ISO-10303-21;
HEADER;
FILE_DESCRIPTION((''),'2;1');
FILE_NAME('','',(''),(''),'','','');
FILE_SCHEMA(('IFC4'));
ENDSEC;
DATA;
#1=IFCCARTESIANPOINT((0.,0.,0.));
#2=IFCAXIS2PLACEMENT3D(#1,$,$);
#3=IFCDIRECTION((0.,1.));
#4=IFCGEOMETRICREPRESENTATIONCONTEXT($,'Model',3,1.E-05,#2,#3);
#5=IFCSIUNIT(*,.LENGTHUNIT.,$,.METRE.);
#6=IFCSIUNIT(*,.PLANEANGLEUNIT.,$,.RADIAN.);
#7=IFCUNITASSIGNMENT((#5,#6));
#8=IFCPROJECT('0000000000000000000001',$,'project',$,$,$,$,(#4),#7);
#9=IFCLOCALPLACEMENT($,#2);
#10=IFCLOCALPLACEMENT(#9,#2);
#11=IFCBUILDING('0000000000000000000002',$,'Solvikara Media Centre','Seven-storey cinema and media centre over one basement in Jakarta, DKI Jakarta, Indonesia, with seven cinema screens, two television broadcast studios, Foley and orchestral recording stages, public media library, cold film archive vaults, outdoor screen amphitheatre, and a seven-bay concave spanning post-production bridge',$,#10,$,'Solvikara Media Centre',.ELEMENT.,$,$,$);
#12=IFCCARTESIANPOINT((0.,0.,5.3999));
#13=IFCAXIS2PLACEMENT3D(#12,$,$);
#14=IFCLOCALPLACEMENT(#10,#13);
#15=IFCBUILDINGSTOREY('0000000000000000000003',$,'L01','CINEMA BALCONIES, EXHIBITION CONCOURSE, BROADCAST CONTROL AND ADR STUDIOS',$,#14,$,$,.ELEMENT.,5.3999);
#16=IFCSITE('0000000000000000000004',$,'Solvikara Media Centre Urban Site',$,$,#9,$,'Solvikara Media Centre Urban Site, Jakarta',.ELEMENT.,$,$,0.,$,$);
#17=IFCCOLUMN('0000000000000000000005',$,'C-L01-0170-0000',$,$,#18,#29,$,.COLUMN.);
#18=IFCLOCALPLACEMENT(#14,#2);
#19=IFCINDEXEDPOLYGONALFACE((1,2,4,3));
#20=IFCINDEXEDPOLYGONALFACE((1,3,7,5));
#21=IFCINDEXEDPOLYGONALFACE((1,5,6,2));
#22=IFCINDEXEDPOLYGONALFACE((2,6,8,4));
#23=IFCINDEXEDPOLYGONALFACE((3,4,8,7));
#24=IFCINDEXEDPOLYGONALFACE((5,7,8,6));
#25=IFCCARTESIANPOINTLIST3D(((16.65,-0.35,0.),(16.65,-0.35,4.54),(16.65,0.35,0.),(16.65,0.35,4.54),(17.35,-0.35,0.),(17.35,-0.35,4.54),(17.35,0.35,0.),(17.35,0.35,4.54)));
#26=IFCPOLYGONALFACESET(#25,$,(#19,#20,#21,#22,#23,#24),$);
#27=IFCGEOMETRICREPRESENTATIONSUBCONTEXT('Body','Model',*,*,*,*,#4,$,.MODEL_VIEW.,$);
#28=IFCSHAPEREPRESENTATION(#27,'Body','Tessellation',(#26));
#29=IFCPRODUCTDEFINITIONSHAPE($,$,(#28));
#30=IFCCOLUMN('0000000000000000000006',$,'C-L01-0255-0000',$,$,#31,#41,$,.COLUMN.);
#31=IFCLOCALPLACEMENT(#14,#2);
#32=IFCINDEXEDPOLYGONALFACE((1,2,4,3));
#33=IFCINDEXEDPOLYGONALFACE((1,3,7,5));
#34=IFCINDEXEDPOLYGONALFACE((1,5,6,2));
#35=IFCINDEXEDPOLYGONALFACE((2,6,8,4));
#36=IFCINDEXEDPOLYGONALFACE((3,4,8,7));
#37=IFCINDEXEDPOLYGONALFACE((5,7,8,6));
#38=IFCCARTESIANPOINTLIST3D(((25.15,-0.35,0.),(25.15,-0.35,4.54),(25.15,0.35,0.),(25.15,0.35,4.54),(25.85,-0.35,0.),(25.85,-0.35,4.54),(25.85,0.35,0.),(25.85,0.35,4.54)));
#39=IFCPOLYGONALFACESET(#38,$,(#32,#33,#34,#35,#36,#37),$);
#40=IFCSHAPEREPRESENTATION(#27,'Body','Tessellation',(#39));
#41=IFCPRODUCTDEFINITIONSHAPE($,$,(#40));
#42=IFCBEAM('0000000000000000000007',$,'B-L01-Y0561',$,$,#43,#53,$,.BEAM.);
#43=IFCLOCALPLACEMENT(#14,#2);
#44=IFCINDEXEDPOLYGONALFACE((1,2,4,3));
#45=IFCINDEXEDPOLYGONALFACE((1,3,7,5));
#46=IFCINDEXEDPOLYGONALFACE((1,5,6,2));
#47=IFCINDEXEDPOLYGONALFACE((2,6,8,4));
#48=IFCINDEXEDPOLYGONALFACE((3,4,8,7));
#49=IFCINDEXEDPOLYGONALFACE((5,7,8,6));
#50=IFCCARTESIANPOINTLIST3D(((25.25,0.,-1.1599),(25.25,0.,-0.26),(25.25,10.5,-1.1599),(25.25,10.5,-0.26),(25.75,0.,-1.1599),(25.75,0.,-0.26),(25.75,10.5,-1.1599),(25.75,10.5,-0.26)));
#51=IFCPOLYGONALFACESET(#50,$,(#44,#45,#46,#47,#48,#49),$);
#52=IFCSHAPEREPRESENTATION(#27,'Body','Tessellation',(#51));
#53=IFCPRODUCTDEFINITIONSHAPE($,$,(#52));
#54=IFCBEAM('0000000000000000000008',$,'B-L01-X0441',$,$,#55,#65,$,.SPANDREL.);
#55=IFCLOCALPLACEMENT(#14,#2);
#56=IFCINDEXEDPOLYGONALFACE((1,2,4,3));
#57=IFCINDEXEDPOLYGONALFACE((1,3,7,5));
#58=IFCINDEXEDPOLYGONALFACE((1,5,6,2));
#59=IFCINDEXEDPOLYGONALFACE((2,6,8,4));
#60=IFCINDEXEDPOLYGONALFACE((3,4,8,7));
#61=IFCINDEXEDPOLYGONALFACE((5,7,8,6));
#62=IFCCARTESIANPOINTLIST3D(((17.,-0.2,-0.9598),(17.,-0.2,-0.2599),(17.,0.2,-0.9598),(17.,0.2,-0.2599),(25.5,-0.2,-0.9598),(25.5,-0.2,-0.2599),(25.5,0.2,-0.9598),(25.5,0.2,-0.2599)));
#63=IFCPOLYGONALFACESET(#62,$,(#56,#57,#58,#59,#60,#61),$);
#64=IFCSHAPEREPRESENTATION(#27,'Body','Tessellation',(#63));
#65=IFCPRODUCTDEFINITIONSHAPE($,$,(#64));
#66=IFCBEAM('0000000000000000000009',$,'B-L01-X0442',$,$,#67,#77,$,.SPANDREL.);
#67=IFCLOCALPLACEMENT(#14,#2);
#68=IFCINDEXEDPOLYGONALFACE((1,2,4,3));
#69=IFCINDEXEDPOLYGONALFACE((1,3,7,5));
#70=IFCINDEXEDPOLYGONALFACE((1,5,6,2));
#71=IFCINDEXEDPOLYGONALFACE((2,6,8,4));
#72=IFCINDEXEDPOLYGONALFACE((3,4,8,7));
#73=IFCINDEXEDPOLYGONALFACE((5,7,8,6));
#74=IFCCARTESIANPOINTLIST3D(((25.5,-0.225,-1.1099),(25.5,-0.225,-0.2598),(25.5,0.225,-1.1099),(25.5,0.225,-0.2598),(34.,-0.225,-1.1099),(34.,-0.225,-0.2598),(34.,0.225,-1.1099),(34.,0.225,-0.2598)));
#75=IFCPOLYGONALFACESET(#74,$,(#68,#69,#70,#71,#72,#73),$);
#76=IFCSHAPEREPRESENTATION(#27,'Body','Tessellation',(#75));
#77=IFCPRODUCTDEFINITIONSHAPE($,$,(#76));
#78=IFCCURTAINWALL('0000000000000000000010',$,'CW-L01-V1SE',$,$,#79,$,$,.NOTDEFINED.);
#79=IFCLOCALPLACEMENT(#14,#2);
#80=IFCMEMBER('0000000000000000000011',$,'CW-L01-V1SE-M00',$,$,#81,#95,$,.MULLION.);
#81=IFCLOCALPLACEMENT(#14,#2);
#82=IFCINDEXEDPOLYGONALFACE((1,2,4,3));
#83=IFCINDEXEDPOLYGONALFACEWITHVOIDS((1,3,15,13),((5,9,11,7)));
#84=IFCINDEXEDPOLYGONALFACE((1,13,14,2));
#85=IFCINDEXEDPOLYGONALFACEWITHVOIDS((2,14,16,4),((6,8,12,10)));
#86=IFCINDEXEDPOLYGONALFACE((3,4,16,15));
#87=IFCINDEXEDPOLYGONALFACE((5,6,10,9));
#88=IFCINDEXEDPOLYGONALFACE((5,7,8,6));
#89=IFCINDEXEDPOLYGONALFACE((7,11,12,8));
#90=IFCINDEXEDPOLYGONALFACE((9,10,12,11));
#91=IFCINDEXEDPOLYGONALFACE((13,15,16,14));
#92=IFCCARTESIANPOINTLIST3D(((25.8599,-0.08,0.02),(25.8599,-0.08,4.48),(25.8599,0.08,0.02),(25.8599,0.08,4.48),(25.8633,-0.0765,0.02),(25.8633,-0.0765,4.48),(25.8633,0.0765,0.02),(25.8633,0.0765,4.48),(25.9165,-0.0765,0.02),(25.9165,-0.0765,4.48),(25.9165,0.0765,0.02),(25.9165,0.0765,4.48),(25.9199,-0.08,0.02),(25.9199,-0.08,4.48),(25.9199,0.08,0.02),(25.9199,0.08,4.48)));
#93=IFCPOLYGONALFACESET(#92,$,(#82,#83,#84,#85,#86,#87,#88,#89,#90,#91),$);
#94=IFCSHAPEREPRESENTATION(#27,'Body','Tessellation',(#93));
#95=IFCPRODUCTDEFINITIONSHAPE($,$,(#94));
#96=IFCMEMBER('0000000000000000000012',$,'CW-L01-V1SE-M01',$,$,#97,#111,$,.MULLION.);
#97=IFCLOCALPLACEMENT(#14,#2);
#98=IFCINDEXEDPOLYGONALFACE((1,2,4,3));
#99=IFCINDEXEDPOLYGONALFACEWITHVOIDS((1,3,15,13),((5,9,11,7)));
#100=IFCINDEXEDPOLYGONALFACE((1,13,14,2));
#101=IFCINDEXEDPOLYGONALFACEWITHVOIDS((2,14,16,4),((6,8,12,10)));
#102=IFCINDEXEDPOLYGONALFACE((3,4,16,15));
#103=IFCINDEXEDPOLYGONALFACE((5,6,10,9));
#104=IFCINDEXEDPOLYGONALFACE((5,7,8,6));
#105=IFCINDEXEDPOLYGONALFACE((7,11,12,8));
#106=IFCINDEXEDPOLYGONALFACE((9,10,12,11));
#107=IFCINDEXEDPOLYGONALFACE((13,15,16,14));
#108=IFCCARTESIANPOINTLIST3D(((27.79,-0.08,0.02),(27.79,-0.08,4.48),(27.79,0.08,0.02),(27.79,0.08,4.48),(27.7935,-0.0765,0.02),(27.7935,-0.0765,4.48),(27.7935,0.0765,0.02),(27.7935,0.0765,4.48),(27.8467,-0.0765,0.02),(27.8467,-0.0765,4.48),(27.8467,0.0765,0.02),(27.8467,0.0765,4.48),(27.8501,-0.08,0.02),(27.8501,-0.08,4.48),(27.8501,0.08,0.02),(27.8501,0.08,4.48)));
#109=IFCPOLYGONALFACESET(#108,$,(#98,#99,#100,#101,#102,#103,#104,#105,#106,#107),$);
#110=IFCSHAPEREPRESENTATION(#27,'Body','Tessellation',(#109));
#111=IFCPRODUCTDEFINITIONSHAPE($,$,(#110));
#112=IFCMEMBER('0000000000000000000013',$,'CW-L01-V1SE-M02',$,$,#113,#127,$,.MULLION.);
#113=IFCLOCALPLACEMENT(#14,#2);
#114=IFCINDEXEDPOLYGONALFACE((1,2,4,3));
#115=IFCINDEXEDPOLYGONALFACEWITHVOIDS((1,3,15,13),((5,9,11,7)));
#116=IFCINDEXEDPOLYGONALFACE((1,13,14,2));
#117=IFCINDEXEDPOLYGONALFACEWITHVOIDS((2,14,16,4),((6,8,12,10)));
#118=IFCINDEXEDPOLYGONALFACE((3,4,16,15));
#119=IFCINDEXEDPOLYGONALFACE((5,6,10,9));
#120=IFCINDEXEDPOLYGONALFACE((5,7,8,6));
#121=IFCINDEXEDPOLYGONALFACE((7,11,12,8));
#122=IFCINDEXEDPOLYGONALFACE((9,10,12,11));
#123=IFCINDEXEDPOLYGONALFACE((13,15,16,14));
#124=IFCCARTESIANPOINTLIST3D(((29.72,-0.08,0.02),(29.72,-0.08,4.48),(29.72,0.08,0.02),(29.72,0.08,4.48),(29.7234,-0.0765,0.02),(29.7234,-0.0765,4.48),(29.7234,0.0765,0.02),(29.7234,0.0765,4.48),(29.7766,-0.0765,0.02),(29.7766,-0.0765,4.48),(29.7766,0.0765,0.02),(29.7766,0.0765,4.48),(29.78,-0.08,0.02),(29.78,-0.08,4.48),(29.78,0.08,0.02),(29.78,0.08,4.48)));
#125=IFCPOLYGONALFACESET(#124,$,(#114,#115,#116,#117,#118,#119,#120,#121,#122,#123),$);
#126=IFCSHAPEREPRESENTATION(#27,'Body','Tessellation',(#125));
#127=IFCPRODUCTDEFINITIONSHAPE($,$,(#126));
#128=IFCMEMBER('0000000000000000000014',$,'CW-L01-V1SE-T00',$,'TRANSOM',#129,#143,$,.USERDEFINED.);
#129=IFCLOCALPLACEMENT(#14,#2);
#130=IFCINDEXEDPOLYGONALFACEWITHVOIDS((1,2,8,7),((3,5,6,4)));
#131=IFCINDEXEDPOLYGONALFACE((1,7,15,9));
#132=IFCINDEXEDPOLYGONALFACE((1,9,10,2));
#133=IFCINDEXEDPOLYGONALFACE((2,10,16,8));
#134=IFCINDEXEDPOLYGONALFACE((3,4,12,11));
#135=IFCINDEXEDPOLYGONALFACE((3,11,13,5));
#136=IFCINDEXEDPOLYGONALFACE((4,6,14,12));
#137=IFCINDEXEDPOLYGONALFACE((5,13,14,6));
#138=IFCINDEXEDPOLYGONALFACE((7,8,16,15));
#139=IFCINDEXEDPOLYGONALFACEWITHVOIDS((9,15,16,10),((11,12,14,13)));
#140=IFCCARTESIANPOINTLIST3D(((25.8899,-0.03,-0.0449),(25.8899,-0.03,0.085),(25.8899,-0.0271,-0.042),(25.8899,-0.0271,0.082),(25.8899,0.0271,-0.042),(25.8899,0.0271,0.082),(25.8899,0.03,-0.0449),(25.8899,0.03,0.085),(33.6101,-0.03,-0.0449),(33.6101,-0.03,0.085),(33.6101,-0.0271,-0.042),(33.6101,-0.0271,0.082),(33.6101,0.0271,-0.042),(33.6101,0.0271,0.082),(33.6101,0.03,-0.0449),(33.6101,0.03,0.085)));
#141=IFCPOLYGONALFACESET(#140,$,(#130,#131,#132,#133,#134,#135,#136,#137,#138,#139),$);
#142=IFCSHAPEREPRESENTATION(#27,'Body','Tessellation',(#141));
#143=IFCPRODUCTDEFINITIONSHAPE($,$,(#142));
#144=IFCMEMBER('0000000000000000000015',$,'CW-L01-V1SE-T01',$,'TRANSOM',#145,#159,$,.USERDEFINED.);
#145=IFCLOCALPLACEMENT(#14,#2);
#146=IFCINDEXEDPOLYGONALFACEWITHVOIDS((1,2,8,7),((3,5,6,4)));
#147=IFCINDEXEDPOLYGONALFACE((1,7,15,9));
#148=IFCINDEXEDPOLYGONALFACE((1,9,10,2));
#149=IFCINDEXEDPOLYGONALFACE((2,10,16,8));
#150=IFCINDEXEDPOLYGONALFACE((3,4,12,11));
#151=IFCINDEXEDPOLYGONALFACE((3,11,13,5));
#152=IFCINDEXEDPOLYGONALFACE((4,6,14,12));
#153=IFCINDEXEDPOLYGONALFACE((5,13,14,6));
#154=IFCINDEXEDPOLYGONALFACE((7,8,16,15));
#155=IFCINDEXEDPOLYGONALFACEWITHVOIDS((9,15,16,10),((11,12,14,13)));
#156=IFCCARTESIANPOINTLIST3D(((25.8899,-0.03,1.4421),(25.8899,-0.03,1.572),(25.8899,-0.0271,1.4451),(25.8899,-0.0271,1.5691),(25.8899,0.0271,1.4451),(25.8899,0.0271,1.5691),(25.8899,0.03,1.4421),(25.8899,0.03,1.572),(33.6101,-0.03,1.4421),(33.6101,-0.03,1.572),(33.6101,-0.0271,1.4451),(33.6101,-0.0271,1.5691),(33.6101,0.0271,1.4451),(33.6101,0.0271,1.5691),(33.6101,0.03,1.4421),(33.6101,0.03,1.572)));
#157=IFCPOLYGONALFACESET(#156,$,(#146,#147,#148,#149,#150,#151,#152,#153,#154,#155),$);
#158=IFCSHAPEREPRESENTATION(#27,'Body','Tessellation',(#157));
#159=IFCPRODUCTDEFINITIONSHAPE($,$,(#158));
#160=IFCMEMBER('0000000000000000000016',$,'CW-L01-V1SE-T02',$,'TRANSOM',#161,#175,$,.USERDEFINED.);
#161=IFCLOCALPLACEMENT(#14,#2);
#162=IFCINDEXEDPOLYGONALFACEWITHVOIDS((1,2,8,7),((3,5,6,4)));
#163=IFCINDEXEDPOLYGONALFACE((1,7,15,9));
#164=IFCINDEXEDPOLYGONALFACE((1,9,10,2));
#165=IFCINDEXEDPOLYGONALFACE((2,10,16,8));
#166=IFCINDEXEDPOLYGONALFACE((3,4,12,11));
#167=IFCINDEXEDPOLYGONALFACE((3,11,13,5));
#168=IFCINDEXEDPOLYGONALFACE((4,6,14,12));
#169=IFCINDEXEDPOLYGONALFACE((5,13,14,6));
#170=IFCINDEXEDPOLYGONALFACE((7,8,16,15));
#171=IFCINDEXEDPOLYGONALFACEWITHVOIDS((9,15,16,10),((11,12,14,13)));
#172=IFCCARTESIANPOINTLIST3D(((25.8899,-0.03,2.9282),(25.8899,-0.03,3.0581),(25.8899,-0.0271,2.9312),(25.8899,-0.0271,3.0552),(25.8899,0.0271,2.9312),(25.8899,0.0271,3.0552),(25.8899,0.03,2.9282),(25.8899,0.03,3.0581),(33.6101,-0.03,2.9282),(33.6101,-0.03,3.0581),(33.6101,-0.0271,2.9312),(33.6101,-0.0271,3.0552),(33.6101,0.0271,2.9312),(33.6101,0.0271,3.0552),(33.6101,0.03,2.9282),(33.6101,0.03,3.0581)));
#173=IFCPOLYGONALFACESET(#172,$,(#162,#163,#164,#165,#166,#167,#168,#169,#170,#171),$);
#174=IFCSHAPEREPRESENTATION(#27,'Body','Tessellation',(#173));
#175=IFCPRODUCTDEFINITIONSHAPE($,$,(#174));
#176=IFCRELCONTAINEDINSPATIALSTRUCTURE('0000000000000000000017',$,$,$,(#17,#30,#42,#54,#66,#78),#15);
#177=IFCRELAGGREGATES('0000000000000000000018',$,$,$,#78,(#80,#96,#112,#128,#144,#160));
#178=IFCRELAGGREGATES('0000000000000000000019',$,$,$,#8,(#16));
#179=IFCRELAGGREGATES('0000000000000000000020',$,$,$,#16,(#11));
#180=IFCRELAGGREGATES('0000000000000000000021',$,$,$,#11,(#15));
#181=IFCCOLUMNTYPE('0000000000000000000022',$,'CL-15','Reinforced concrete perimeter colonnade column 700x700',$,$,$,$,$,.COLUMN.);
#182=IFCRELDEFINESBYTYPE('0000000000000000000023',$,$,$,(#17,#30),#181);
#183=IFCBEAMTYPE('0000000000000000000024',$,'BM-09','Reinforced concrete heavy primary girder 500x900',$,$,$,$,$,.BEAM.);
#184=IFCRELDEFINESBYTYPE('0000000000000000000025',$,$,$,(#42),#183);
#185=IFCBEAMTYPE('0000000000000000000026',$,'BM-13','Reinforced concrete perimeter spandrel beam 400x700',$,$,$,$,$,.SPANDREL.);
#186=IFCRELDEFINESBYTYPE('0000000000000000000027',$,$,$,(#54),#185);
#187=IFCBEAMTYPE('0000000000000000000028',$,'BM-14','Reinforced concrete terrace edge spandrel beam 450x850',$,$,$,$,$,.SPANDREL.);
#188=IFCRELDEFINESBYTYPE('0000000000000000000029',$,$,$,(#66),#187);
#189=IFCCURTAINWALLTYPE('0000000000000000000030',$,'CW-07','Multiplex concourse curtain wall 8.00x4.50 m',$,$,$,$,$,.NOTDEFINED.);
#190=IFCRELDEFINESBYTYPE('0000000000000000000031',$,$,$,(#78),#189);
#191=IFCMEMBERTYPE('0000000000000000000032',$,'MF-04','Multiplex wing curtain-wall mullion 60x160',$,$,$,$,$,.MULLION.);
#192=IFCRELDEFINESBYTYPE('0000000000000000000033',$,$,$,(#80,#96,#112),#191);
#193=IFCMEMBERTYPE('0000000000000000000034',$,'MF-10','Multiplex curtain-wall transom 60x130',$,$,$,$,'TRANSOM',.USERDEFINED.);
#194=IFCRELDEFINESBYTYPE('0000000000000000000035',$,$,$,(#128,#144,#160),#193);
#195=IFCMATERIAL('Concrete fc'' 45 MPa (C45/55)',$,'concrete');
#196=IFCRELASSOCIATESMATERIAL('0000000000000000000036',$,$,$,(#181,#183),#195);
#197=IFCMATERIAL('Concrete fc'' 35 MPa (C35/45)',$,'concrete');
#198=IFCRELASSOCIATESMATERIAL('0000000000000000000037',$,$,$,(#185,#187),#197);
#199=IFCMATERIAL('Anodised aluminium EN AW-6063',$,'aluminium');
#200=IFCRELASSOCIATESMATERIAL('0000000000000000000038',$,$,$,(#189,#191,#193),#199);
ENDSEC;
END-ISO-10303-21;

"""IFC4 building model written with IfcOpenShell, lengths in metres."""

from ifc_helpers import new_model, si_unit, direction, frame, origin, origin_2d, place, context, subcontext, project, spatial, rectangle, hollow_rectangle, extrude, material, material_profile, profile_set, type_object, element, aggregate, save


model = new_model("IFC4")

# Units and contexts
model_context = context("Model", 3, precision=1e-05, world=origin(), true_north=direction((0.0, 1.0)))
body_context = subcontext(model_context, "Body", "Model", "MODEL_VIEW")
ifc_project = project(units=[si_unit("LENGTHUNIT", "METRE"), si_unit("PLANEANGLEUNIT", "RADIAN")], contexts=[model_context])

# Site, building, storey
site_placement = place(None, origin())
site = spatial("IfcSite", under=ifc_project, at=site_placement, Name="Solvikara Media Centre Urban Site", LongName="Solvikara Media Centre Urban Site, Jakarta", CompositionType="ELEMENT", RefElevation=0.0)
building_placement = place(site_placement, origin())
building = spatial("IfcBuilding", under=site, at=building_placement, Name="Solvikara Media Centre", Description="Seven-storey cinema and media centre over one basement in Jakarta, DKI Jakarta, Indonesia, with seven cinema screens, two television broadcast studios, Foley and orchestral recording stages, public media library, cold film archive vaults, outdoor screen amphitheatre, and a seven-bay concave spanning post-production bridge", LongName="Solvikara Media Centre", CompositionType="ELEMENT")
storey_placement = place(building_placement, frame((0.0, 0.0, 5.3999)))
storey = spatial("IfcBuildingStorey", under=building, at=storey_placement, Name="L01", Description="CINEMA BALCONIES, EXHIBITION CONCOURSE, BROADCAST CONTROL AND ADR STUDIOS", CompositionType="ELEMENT", Elevation=5.3999)

# Columns
ifc_material_1 = material(Name="Concrete fc' 45 MPa (C45/55)", Category="concrete")
ifc_material_profile_1 = material_profile(ifc_material_1, rectangle(XDim=0.7, YDim=0.7, at=origin_2d()), Name="RC 700x700")
ifc_profile_set_1 = profile_set([ifc_material_profile_1], Name="Concrete fc' 45 MPa (C45/55)")
column_type = type_object("IfcColumnType", Name="CL-15", Description="Reinforced concrete perimeter colonnade column 700x700", PredefinedType="COLUMN", material=ifc_profile_set_1)
for number, where, z_axis, x_axis, name in (
    (1, (17.0, 0.0, 0.0), (0.0, 0.0, 1.0), (1.0, 0.0, 0.0), "C-L01-0170-0000"),
    (2, (25.5, 0.0, 0.0), (0.0, 0.0, 1.0), (1.0, 0.0, 0.0), "C-L01-0255-0000"),
):
    element("IfcColumn", number, at=place(storey_placement, frame(where, z_axis=z_axis, x_axis=x_axis)), inside=storey, type_object=column_type, Name=name, PredefinedType="COLUMN", context=body_context, shape_type="SweptSolid", body=[
        extrude(rectangle(XDim=0.7, YDim=0.7, at=origin_2d()), origin(), (0.0, 0.0, 1.0), 4.54),
    ])

# Beams
ifc_material_profile_2 = material_profile(ifc_material_1, rectangle(XDim=0.5, YDim=0.8999, at=origin_2d()), Name="RC 500x900")
ifc_profile_set_2 = profile_set([ifc_material_profile_2], Name="Concrete fc' 45 MPa (C45/55)")
beam_type_1 = type_object("IfcBeamType", Name="BM-09", Description="Reinforced concrete heavy primary girder 500x900", PredefinedType="BEAM", material=ifc_profile_set_2)
beam_1_placement = place(storey_placement, frame((25.5, 0.0, -0.71), z_axis=(0.0, 1.0, 0.0), x_axis=(-1.0, 0.0, 0.0)))
element("IfcBeam", 3, at=beam_1_placement, inside=storey, type_object=beam_type_1, Name="B-L01-Y0561", PredefinedType="BEAM", context=body_context, shape_type="SweptSolid", body=[
    extrude(rectangle(XDim=0.5, YDim=0.8999, at=origin_2d()), origin(), (0.0, 0.0, 1.0), 10.5),
])
ifc_material_2 = material(Name="Concrete fc' 35 MPa (C35/45)", Category="concrete")
ifc_material_profile_3 = material_profile(ifc_material_2, rectangle(XDim=0.3999, YDim=0.7, at=origin_2d()), Name="RC 400x700")
ifc_profile_set_3 = profile_set([ifc_material_profile_3], Name="Concrete fc' 35 MPa (C35/45)")
beam_type_2 = type_object("IfcBeamType", Name="BM-13", Description="Reinforced concrete perimeter spandrel beam 400x700", PredefinedType="SPANDREL", material=ifc_profile_set_3)
beam_2_placement = place(storey_placement, frame((17.0, 0.0, -0.6099), z_axis=(1.0, 0.0, 0.0), x_axis=(0.0, 1.0, 0.0)))
element("IfcBeam", 4, at=beam_2_placement, inside=storey, type_object=beam_type_2, Name="B-L01-X0441", PredefinedType="SPANDREL", context=body_context, shape_type="SweptSolid", body=[
    extrude(rectangle(XDim=0.3999, YDim=0.7, at=origin_2d()), origin(), (0.0, 0.0, 1.0), 8.5),
])
ifc_material_profile_4 = material_profile(ifc_material_2, rectangle(XDim=0.45, YDim=0.8501, at=origin_2d()), Name="RC 450x850")
ifc_profile_set_4 = profile_set([ifc_material_profile_4], Name="Concrete fc' 35 MPa (C35/45)")
beam_type_3 = type_object("IfcBeamType", Name="BM-14", Description="Reinforced concrete terrace edge spandrel beam 450x850", PredefinedType="SPANDREL", material=ifc_profile_set_4)
beam_3_placement = place(storey_placement, frame((25.5, 0.0, -0.6848), z_axis=(1.0, 0.0, 0.0), x_axis=(0.0, 1.0, 0.0)))
element("IfcBeam", 5, at=beam_3_placement, inside=storey, type_object=beam_type_3, Name="B-L01-X0442", PredefinedType="SPANDREL", context=body_context, shape_type="SweptSolid", body=[
    extrude(rectangle(XDim=0.45, YDim=0.8501, at=origin_2d()), origin(), (0.0, 0.0, 1.0), 8.5),
])

# Curtain wall, members
ifc_material_3 = material(Name="Anodised aluminium EN AW-6063", Category="aluminium")
curtain_wall_type = type_object("IfcCurtainWallType", Name="CW-07", Description="Multiplex concourse curtain wall 8.00x4.50 m", PredefinedType="NOTDEFINED", material=ifc_material_3)
curtain_wall_placement = place(storey_placement, origin())
curtain_wall = element("IfcCurtainWall", 6, at=curtain_wall_placement, inside=storey, type_object=curtain_wall_type, Name="CW-L01-V1SE", PredefinedType="NOTDEFINED")
ifc_material_profile_5 = material_profile(ifc_material_3, hollow_rectangle(XDim=0.0601, YDim=0.1599, WallThickness=0.0034, at=origin_2d()), Name="ALU-M 60x160x3.5")
ifc_profile_set_5 = profile_set([ifc_material_profile_5], Name="Anodised aluminium EN AW-6063")
member_type_1 = type_object("IfcMemberType", Name="MF-04", Description="Multiplex wing curtain-wall mullion 60x160", PredefinedType="MULLION", material=ifc_profile_set_5)
member_1_placement = place(storey_placement, frame((25.8899, 0.0, 0.02), z_axis=(0.0, 0.0, 1.0), x_axis=(1.0, 0.0, 0.0)))
member_1 = element("IfcMember", 7, at=member_1_placement, type_object=member_type_1, Name="CW-L01-V1SE-M00", PredefinedType="MULLION", context=body_context, shape_type="SweptSolid", body=[
    extrude(hollow_rectangle(XDim=0.0601, YDim=0.1599, WallThickness=0.0034, at=origin_2d()), origin(), (0.0, 0.0, 1.0), 4.46),
])
member_2_placement = place(storey_placement, frame((27.8201, 0.0, 0.02), z_axis=(0.0, 0.0, 1.0), x_axis=(1.0, 0.0, 0.0)))
member_2 = element("IfcMember", 8, at=member_2_placement, type_object=member_type_1, Name="CW-L01-V1SE-M01", PredefinedType="MULLION", context=body_context, shape_type="SweptSolid", body=[
    extrude(hollow_rectangle(XDim=0.0601, YDim=0.1599, WallThickness=0.0034, at=origin_2d()), origin(), (0.0, 0.0, 1.0), 4.46),
])
member_3_placement = place(storey_placement, frame((29.75, 0.0, 0.02), z_axis=(0.0, 0.0, 1.0), x_axis=(1.0, 0.0, 0.0)))
member_3 = element("IfcMember", 9, at=member_3_placement, type_object=member_type_1, Name="CW-L01-V1SE-M02", PredefinedType="MULLION", context=body_context, shape_type="SweptSolid", body=[
    extrude(hollow_rectangle(XDim=0.0601, YDim=0.1599, WallThickness=0.0034, at=origin_2d()), origin(), (0.0, 0.0, 1.0), 4.46),
])
ifc_material_profile_6 = material_profile(ifc_material_3, hollow_rectangle(XDim=0.0601, YDim=0.1299, WallThickness=0.0029, at=origin_2d()), Name="ALU-T 60x130x3")
ifc_profile_set_6 = profile_set([ifc_material_profile_6], Name="Anodised aluminium EN AW-6063")
member_type_2 = type_object("IfcMemberType", Name="MF-10", Description="Multiplex curtain-wall transom 60x130", ElementType="TRANSOM", PredefinedType="USERDEFINED", material=ifc_profile_set_6)
member_4_placement = place(storey_placement, frame((25.8899, 0.0, 0.02), z_axis=(1.0, 0.0, 0.0), x_axis=(0.0, 1.0, 0.0)))
member_4 = element("IfcMember", 10, at=member_4_placement, type_object=member_type_2, Name="CW-L01-V1SE-T00", ObjectType="TRANSOM", PredefinedType="USERDEFINED", context=body_context, shape_type="SweptSolid", body=[
    extrude(hollow_rectangle(XDim=0.0601, YDim=0.1299, WallThickness=0.0029, at=origin_2d()), origin(), (0.0, 0.0, 1.0), 7.7202),
])
member_5_placement = place(storey_placement, frame((25.8899, 0.0, 1.5071), z_axis=(1.0, 0.0, 0.0), x_axis=(0.0, 1.0, 0.0)))
member_5 = element("IfcMember", 11, at=member_5_placement, type_object=member_type_2, Name="CW-L01-V1SE-T01", ObjectType="TRANSOM", PredefinedType="USERDEFINED", context=body_context, shape_type="SweptSolid", body=[
    extrude(hollow_rectangle(XDim=0.0601, YDim=0.1299, WallThickness=0.0029, at=origin_2d()), origin(), (0.0, 0.0, 1.0), 7.7202),
])
member_6_placement = place(storey_placement, frame((25.8899, 0.0, 2.9932), z_axis=(1.0, 0.0, 0.0), x_axis=(0.0, 1.0, 0.0)))
member_6 = element("IfcMember", 12, at=member_6_placement, type_object=member_type_2, Name="CW-L01-V1SE-T02", ObjectType="TRANSOM", PredefinedType="USERDEFINED", context=body_context, shape_type="SweptSolid", body=[
    extrude(hollow_rectangle(XDim=0.0601, YDim=0.1299, WallThickness=0.0029, at=origin_2d()), origin(), (0.0, 0.0, 1.0), 7.7202),
])
aggregate(curtain_wall, [member_1, member_2, member_3, member_4, member_5, member_6])

save(model, "model.ifc")
